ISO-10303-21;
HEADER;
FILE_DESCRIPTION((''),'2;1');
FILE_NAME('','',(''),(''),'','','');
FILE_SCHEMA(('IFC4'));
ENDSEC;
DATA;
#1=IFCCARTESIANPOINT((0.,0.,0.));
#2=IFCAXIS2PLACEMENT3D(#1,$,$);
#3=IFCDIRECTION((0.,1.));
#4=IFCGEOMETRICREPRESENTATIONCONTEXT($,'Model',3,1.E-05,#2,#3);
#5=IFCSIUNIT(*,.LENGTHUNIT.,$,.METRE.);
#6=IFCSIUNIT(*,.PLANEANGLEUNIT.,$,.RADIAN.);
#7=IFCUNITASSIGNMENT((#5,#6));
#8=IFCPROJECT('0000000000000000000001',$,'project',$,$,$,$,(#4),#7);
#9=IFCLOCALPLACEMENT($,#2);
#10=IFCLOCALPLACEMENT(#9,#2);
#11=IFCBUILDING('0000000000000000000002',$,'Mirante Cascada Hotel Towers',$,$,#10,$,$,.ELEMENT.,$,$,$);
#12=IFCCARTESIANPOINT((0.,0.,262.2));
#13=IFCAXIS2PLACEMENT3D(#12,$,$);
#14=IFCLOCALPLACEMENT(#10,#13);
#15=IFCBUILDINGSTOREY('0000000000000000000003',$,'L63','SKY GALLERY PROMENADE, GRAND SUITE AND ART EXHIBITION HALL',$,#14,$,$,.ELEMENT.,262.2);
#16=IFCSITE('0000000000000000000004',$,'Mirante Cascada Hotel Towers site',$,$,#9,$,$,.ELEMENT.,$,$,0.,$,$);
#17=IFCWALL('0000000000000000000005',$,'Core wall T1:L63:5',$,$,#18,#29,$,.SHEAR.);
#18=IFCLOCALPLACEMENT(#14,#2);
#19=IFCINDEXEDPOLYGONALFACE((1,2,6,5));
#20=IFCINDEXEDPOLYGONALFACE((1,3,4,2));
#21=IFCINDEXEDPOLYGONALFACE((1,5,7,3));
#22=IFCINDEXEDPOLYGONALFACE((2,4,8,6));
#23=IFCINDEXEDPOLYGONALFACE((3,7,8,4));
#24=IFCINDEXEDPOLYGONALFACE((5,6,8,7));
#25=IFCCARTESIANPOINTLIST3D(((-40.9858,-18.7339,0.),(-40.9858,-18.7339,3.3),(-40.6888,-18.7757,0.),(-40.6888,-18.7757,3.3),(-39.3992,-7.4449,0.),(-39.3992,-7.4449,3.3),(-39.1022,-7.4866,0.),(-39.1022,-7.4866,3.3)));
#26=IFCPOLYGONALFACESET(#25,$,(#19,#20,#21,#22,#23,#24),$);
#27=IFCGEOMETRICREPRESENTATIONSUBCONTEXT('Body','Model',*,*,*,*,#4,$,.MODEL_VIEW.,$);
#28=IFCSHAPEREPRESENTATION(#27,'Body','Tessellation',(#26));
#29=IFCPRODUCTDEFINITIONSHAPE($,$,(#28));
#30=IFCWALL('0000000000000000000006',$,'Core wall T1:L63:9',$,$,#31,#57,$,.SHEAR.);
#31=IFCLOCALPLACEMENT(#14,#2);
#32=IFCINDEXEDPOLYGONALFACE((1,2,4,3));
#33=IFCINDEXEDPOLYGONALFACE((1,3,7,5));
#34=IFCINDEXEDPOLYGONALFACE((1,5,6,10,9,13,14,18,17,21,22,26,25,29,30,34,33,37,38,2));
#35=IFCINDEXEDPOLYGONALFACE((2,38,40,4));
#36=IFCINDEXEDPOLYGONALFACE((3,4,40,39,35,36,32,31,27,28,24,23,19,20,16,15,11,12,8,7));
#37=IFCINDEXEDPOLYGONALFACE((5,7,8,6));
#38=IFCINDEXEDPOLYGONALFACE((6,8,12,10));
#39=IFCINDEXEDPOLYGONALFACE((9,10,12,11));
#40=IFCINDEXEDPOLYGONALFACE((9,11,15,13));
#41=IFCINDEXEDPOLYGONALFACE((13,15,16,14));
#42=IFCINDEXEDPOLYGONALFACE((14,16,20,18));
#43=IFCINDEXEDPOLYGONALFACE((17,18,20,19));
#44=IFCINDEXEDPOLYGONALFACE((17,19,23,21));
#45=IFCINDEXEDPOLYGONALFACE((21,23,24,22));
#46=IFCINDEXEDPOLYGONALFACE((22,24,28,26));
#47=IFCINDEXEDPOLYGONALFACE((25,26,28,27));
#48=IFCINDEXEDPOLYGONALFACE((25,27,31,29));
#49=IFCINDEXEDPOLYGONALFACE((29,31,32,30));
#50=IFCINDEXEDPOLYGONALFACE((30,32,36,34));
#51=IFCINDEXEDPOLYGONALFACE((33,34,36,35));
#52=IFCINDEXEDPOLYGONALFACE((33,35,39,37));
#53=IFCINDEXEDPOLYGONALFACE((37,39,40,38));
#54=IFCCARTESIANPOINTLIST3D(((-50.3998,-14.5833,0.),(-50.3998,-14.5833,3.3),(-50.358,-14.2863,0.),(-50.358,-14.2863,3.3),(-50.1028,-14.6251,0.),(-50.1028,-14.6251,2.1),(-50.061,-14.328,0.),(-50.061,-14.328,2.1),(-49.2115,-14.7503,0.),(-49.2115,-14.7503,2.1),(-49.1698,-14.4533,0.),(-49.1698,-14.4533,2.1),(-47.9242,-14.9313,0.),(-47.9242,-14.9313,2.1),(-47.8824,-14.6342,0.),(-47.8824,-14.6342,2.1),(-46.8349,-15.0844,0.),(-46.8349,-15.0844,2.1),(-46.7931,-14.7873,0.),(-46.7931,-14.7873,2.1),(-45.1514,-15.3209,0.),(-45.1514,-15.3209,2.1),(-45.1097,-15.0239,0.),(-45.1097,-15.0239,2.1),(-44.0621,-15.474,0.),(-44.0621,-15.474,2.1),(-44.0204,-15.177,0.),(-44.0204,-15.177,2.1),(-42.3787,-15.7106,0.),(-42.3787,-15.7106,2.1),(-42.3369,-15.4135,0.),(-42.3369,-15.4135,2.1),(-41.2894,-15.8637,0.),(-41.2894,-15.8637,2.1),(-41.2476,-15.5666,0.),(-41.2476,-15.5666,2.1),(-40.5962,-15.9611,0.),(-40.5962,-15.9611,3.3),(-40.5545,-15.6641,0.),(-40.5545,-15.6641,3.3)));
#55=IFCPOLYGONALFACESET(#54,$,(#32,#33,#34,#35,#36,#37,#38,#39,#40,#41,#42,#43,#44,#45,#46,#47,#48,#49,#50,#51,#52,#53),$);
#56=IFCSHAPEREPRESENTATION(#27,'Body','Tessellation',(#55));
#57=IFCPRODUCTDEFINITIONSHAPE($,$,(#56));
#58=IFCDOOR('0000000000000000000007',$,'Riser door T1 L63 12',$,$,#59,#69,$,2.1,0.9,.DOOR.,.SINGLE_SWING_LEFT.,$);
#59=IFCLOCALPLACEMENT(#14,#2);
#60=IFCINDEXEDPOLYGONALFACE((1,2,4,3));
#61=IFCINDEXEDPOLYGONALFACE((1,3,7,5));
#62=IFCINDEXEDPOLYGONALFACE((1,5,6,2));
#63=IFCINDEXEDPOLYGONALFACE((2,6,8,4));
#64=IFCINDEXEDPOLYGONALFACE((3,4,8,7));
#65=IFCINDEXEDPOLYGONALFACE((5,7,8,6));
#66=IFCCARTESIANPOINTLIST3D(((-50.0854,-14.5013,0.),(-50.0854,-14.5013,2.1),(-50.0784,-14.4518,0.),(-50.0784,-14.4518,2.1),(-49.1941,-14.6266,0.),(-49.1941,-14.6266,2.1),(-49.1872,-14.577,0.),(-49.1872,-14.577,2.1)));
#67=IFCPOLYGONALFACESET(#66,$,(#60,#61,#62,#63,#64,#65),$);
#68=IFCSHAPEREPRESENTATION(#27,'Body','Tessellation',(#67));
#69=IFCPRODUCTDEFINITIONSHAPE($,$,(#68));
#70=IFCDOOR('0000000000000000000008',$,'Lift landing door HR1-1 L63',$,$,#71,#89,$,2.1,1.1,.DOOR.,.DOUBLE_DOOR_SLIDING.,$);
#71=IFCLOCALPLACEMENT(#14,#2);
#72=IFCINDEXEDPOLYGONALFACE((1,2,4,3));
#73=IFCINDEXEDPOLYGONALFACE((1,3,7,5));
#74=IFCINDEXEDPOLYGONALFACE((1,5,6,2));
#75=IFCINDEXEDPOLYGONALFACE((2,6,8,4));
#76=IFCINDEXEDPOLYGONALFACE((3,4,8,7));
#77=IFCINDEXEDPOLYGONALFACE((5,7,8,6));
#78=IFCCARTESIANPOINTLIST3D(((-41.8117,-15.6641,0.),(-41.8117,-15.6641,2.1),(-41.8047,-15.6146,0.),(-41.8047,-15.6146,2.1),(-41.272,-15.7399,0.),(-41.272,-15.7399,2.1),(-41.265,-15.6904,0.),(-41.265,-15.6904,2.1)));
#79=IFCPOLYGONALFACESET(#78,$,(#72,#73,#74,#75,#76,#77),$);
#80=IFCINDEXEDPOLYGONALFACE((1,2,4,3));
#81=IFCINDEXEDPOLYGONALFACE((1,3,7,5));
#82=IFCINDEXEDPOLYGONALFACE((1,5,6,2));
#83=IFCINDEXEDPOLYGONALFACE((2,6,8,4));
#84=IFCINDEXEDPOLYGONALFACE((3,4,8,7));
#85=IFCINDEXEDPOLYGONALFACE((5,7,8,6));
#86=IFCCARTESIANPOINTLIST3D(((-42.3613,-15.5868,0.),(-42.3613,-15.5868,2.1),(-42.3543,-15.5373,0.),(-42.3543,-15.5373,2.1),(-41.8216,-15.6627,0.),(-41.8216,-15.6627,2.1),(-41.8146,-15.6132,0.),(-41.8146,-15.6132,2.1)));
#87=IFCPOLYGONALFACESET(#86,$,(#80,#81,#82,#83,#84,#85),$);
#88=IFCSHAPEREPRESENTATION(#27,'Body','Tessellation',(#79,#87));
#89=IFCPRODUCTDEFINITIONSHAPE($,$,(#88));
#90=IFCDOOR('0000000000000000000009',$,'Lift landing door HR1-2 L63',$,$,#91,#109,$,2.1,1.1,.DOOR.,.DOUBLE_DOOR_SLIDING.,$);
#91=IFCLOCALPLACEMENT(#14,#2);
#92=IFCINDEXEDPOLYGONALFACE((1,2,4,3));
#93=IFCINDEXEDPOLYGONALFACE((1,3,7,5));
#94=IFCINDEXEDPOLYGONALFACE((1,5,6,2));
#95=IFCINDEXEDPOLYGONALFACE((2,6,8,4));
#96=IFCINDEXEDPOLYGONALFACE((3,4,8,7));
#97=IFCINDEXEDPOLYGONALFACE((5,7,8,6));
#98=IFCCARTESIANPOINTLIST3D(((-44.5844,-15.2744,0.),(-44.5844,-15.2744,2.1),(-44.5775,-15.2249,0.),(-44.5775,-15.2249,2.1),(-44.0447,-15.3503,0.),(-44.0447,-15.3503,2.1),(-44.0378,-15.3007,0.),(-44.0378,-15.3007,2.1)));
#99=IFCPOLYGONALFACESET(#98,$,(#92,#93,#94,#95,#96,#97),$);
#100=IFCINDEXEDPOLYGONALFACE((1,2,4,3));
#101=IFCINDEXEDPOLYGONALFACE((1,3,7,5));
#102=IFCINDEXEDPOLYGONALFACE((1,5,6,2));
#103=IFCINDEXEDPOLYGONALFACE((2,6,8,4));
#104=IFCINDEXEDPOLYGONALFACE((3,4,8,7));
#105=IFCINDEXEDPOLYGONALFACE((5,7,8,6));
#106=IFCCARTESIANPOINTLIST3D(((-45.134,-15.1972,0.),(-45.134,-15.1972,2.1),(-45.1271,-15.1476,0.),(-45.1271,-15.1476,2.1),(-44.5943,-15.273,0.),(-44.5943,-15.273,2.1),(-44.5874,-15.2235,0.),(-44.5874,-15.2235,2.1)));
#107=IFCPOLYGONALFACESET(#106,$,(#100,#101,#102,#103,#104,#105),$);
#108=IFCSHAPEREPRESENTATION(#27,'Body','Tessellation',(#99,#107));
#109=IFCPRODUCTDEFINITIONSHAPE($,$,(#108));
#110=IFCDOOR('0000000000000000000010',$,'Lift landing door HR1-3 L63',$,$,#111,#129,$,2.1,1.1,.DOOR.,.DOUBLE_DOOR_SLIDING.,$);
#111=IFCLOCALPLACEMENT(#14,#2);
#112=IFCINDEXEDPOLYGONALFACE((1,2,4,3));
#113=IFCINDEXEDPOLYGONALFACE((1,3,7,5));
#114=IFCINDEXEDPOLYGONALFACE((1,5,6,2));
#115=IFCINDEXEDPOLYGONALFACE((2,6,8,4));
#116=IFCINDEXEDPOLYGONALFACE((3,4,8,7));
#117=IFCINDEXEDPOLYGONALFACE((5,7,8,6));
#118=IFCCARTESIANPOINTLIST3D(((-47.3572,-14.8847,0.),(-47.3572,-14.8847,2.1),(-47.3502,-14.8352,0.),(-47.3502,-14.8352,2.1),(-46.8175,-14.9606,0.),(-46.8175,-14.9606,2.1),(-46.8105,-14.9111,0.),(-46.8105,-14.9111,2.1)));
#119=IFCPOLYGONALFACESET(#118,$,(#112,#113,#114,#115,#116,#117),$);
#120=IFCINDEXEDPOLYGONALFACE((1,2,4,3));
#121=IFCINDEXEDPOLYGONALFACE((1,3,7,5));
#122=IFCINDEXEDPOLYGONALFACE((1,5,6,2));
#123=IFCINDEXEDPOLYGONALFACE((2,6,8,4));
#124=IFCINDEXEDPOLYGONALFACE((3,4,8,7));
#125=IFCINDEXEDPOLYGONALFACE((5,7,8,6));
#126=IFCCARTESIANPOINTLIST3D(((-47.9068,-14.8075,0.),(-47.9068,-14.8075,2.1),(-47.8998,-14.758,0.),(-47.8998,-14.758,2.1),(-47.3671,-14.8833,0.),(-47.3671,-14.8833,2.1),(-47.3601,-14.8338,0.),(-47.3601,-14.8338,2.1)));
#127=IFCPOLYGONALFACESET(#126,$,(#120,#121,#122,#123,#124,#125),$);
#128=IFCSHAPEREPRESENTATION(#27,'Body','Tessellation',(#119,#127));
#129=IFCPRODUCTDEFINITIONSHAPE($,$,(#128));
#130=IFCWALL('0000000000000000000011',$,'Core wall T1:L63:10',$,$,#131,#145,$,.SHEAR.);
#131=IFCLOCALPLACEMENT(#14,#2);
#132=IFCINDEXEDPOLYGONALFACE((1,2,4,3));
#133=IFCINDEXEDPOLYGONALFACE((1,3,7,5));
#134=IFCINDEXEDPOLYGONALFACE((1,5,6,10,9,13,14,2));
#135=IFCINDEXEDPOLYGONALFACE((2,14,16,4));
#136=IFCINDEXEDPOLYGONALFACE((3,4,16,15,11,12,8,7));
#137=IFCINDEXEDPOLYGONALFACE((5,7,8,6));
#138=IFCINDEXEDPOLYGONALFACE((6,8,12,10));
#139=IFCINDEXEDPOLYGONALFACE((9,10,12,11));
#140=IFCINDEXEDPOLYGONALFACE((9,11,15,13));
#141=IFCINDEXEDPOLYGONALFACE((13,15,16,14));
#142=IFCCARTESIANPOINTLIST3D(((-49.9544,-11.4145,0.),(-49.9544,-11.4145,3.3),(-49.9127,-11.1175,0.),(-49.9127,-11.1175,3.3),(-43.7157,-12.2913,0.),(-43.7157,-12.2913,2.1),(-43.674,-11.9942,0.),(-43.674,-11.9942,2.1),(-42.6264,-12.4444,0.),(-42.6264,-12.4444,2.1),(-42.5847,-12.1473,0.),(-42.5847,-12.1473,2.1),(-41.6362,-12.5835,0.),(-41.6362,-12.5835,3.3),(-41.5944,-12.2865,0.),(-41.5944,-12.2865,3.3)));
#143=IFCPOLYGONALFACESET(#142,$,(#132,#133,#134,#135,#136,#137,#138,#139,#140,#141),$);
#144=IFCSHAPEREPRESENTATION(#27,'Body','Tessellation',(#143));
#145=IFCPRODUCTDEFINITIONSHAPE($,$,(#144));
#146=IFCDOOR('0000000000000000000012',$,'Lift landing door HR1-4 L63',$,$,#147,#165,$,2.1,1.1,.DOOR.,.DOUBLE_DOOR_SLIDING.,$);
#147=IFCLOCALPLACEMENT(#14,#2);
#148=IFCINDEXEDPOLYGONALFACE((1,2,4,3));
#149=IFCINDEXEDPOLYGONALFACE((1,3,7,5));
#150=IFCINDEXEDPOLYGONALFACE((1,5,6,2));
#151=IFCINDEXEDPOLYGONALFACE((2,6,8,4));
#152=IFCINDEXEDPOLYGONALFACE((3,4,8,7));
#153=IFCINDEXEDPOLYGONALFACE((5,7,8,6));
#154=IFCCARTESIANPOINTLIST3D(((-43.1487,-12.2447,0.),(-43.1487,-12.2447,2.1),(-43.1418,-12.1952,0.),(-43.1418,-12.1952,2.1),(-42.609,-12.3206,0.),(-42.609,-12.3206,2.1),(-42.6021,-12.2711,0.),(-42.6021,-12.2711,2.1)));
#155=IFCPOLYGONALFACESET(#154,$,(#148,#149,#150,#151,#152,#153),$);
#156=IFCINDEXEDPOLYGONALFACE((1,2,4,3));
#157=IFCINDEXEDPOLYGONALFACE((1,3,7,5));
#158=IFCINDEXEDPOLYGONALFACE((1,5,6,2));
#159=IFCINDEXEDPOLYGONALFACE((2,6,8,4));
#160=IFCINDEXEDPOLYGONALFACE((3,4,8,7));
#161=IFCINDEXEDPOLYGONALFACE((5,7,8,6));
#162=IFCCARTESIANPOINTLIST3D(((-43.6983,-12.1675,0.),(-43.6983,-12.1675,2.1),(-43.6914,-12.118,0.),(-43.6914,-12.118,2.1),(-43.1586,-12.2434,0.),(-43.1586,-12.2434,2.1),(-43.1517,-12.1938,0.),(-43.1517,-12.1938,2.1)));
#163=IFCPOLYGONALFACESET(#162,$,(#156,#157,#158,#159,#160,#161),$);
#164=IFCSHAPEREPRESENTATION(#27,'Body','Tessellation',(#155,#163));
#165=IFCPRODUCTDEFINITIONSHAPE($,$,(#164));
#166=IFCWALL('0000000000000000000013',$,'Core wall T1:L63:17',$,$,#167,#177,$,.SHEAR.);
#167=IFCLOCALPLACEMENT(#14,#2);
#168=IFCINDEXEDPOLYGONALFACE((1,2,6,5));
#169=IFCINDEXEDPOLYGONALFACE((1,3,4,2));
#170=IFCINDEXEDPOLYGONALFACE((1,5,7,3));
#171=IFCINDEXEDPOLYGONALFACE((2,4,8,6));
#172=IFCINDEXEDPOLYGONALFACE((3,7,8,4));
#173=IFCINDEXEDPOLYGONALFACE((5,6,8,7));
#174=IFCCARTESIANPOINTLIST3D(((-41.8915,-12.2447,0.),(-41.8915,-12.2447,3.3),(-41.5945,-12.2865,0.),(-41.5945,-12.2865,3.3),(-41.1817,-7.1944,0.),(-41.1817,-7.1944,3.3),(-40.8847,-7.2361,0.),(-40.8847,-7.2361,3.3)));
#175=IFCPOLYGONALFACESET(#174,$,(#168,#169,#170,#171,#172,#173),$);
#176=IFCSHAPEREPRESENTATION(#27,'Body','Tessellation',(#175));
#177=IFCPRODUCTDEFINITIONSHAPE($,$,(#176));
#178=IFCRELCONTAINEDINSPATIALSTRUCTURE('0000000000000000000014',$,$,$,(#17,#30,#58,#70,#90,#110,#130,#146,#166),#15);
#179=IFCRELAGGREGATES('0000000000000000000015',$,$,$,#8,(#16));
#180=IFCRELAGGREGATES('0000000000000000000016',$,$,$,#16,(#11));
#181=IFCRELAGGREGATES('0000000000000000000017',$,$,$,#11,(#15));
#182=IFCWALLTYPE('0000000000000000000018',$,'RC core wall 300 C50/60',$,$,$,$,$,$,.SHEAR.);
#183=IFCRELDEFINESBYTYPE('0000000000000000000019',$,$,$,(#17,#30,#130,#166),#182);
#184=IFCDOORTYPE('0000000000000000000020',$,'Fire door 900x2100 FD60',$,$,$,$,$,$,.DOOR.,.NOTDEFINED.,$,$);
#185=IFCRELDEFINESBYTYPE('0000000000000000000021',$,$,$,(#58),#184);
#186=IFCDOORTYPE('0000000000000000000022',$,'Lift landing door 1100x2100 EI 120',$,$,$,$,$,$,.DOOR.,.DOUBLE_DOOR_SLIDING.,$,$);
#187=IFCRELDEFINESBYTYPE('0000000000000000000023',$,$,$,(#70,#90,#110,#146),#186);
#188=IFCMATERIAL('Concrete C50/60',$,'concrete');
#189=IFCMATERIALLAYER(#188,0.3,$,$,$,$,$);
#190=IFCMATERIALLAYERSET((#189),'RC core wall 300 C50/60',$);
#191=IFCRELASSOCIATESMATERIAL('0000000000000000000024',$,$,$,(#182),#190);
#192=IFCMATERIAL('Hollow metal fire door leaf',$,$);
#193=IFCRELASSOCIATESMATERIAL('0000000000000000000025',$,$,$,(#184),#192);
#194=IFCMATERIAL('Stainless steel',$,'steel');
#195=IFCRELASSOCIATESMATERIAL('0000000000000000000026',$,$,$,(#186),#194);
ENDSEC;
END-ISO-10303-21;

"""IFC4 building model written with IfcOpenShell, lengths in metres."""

from ifc_helpers import new_model, si_unit, direction, frame, frame_2d, origin, place, context, subcontext, project, spatial, rectangle, extrude, material, layer, layer_set, type_object, element, fill, save


model = new_model("IFC4")

# Units and contexts
model_context = context("Model", 3, precision=1e-05, world=origin(), true_north=direction((0.0, 1.0)))
body_context = subcontext(model_context, "Body", "Model", "MODEL_VIEW")
ifc_project = project(units=[si_unit("LENGTHUNIT", "METRE"), si_unit("PLANEANGLEUNIT", "RADIAN")], contexts=[model_context])

# Site, building, storey
site_placement = place(None, origin())
site = spatial("IfcSite", under=ifc_project, at=site_placement, Name="Mirante Cascada Hotel Towers site", CompositionType="ELEMENT", RefElevation=0.0)
building_placement = place(site_placement, origin())
building = spatial("IfcBuilding", under=site, at=building_placement, Name="Mirante Cascada Hotel Towers", CompositionType="ELEMENT")
storey_placement = place(building_placement, frame((0.0, 0.0, 262.2)))
storey = spatial("IfcBuildingStorey", under=building, at=storey_placement, Name="L63", Description="SKY GALLERY PROMENADE, GRAND SUITE AND ART EXHIBITION HALL", CompositionType="ELEMENT", Elevation=262.2)

# Wall
ifc_material_1 = material(Name="Concrete C50/60", Category="concrete")
ifc_layer_1 = layer(ifc_material_1, 0.3)
ifc_layer_set_1 = layer_set([ifc_layer_1], Name="RC core wall 300 C50/60")
wall_type_1 = type_object("IfcWallType", Name="RC core wall 300 C50/60", PredefinedType="SHEAR", material=ifc_layer_set_1)
wall_1_placement = place(storey_placement, frame((-40.8373, -18.7548, 0.0), z_axis=(0.0, 0.0, 1.0), x_axis=(0.139175, 0.990268, 0.0)))
element("IfcWall", 1, at=wall_1_placement, inside=storey, type_object=wall_type_1, Name="Core wall T1:L63:5", PredefinedType="SHEAR", context=body_context, shape_type="SweptSolid", body=[
    extrude(rectangle(XDim=11.4, YDim=0.3, at=frame_2d((5.7, 0.0))), origin(), (0.0, 0.0, 1.0), 3.3),
])

# Wall, openings, doors
wall_2_placement = place(storey_placement, frame((-40.5753, -15.8126, 0.0), z_axis=(0.0, 0.0, 1.0), x_axis=(-0.990268, 0.139173, 0.0)))
wall_2 = element("IfcWall", 2, at=wall_2_placement, inside=storey, type_object=wall_type_1, Name="Core wall T1:L63:9", PredefinedType="SHEAR", context=body_context, shape_type="SweptSolid", body=[
    extrude(rectangle(XDim=9.8999, YDim=0.3, at=frame_2d((4.95, 0.0))), origin(), (0.0, 0.0, 1.0), 3.3),
])
opening_1_placement = place(wall_2_placement, frame((0.7, 0.0, 0.0)))
opening_1 = element("IfcOpeningElement", 3, at=opening_1_placement, cuts=wall_2, PredefinedType="OPENING", context=body_context, shape_type="SweptSolid", body=[
    extrude(rectangle(XDim=1.1, YDim=2.1, at=frame_2d((0.55, 1.05))), frame((0.0, 0.15, 0.0), z_axis=(0.0, -1.0, 0.0), x_axis=(1.0, 0.0, 0.0)), (0.0, 0.0, 1.0), 0.3),
])
opening_2_placement = place(wall_2_placement, frame((3.5, 0.0, 0.0)))
opening_2 = element("IfcOpeningElement", 4, at=opening_2_placement, cuts=wall_2, PredefinedType="OPENING", context=body_context, shape_type="SweptSolid", body=[
    extrude(rectangle(XDim=1.1, YDim=2.1, at=frame_2d((0.55, 1.05))), frame((0.0, 0.15, 0.0), z_axis=(0.0, -1.0, 0.0), x_axis=(1.0, 0.0, 0.0)), (0.0, 0.0, 1.0), 0.3),
])
opening_3_placement = place(wall_2_placement, frame((6.3, 0.0, 0.0)))
opening_3 = element("IfcOpeningElement", 5, at=opening_3_placement, cuts=wall_2, PredefinedType="OPENING", context=body_context, shape_type="SweptSolid", body=[
    extrude(rectangle(XDim=1.1, YDim=2.1, at=frame_2d((0.55, 1.05))), frame((0.0, 0.15, 0.0), z_axis=(0.0, -1.0, 0.0), x_axis=(1.0, 0.0, 0.0)), (0.0, 0.0, 1.0), 0.3),
])
opening_4_placement = place(wall_2_placement, frame((8.7, 0.0, 0.0)))
opening_4 = element("IfcOpeningElement", 6, at=opening_4_placement, cuts=wall_2, PredefinedType="OPENING", context=body_context, shape_type="SweptSolid", body=[
    extrude(rectangle(XDim=0.9, YDim=2.1, at=frame_2d((0.45, 1.05))), frame((0.0, 0.15, 0.0), z_axis=(0.0, -1.0, 0.0), x_axis=(1.0, 0.0, 0.0)), (0.0, 0.0, 1.0), 0.3),
])
ifc_material_2 = material(Name="Hollow metal fire door leaf")
door_type_1 = type_object("IfcDoorType", Name="Fire door 900x2100 FD60", OperationType="NOTDEFINED", PredefinedType="DOOR", material=ifc_material_2)
door_1_placement = place(opening_4_placement, origin())
door_1 = element("IfcDoor", 7, at=door_1_placement, inside=storey, type_object=door_type_1, Name="Riser door T1 L63 12", OperationType="SINGLE_SWING_LEFT", OverallHeight=2.1, OverallWidth=0.9, PredefinedType="DOOR", context=body_context, shape_type="SweptSolid", body=[
    extrude(rectangle(XDim=0.9, YDim=2.1, at=frame_2d((0.45, 1.05))), frame((0.0, 0.025, 0.0), z_axis=(0.0, -1.0, 0.0), x_axis=(1.0, 0.0, 0.0)), (0.0, 0.0, 1.0), 0.05),
])
fill(opening_4, door_1)
ifc_material_3 = material(Name="Stainless steel", Category="steel")
door_type_2 = type_object("IfcDoorType", Name="Lift landing door 1100x2100 EI 120", OperationType="DOUBLE_DOOR_SLIDING", PredefinedType="DOOR", material=ifc_material_3)
door_2_placement = place(opening_1_placement, origin())
door_2 = element("IfcDoor", 8, at=door_2_placement, inside=storey, type_object=door_type_2, Name="Lift landing door HR1-1 L63", OperationType="DOUBLE_DOOR_SLIDING", OverallHeight=2.1, OverallWidth=1.1, PredefinedType="DOOR", context=body_context, shape_type="SweptSolid", body=[
    extrude(rectangle(XDim=0.545, YDim=2.1, at=frame_2d((0.2725, 1.05))), frame((0.0, 0.025, 0.0), z_axis=(0.0, -1.0, 0.0), x_axis=(1.0, 0.0, 0.0)), (0.0, 0.0, 1.0), 0.05),
    extrude(rectangle(XDim=0.545, YDim=2.1, at=frame_2d((0.8275, 1.05))), frame((0.0, 0.025, 0.0), z_axis=(0.0, -1.0, 0.0), x_axis=(1.0, 0.0, 0.0)), (0.0, 0.0, 1.0), 0.05),
])
fill(opening_1, door_2)
door_3_placement = place(opening_2_placement, origin())
door_3 = element("IfcDoor", 9, at=door_3_placement, inside=storey, type_object=door_type_2, Name="Lift landing door HR1-2 L63", OperationType="DOUBLE_DOOR_SLIDING", OverallHeight=2.1, OverallWidth=1.1, PredefinedType="DOOR", context=body_context, shape_type="SweptSolid", body=[
    extrude(rectangle(XDim=0.545, YDim=2.1, at=frame_2d((0.2725, 1.05))), frame((0.0, 0.025, 0.0), z_axis=(0.0, -1.0, 0.0), x_axis=(1.0, 0.0, 0.0)), (0.0, 0.0, 1.0), 0.05),
    extrude(rectangle(XDim=0.545, YDim=2.1, at=frame_2d((0.8275, 1.05))), frame((0.0, 0.025, 0.0), z_axis=(0.0, -1.0, 0.0), x_axis=(1.0, 0.0, 0.0)), (0.0, 0.0, 1.0), 0.05),
])
fill(opening_2, door_3)
door_4_placement = place(opening_3_placement, origin())
door_4 = element("IfcDoor", 10, at=door_4_placement, inside=storey, type_object=door_type_2, Name="Lift landing door HR1-3 L63", OperationType="DOUBLE_DOOR_SLIDING", OverallHeight=2.1, OverallWidth=1.1, PredefinedType="DOOR", context=body_context, shape_type="SweptSolid", body=[
    extrude(rectangle(XDim=0.545, YDim=2.1, at=frame_2d((0.2725, 1.05))), frame((0.0, 0.025, 0.0), z_axis=(0.0, -1.0, 0.0), x_axis=(1.0, 0.0, 0.0)), (0.0, 0.0, 1.0), 0.05),
    extrude(rectangle(XDim=0.545, YDim=2.1, at=frame_2d((0.8275, 1.05))), frame((0.0, 0.025, 0.0), z_axis=(0.0, -1.0, 0.0), x_axis=(1.0, 0.0, 0.0)), (0.0, 0.0, 1.0), 0.05),
])
fill(opening_3, door_4)

# Wall, opening, door
wall_3_placement = place(storey_placement, frame((-41.6153, -12.435, 0.0), z_axis=(0.0, 0.0, 1.0), x_axis=(-0.990269, 0.139166, 0.0)))
wall_3 = element("IfcWall", 11, at=wall_3_placement, inside=storey, type_object=wall_type_1, Name="Core wall T1:L63:10", PredefinedType="SHEAR", context=body_context, shape_type="SweptSolid", body=[
    extrude(rectangle(XDim=8.4, YDim=0.3, at=frame_2d((4.2, 0.0))), origin(), (0.0, 0.0, 1.0), 3.3),
])
opening_5_placement = place(wall_3_placement, frame((1.0, 0.0, 0.0)))
opening_5 = element("IfcOpeningElement", 12, at=opening_5_placement, cuts=wall_3, PredefinedType="OPENING", context=body_context, shape_type="SweptSolid", body=[
    extrude(rectangle(XDim=1.1, YDim=2.1, at=frame_2d((0.55, 1.05))), frame((0.0, 0.15, 0.0), z_axis=(0.0, -1.0, 0.0), x_axis=(1.0, 0.0, 0.0)), (0.0, 0.0, 1.0), 0.3),
])
door_5_placement = place(opening_5_placement, origin())
door_5 = element("IfcDoor", 13, at=door_5_placement, inside=storey, type_object=door_type_2, Name="Lift landing door HR1-4 L63", OperationType="DOUBLE_DOOR_SLIDING", OverallHeight=2.1, OverallWidth=1.1, PredefinedType="DOOR", context=body_context, shape_type="SweptSolid", body=[
    extrude(rectangle(XDim=0.545, YDim=2.1, at=frame_2d((0.2725, 1.05))), frame((0.0, 0.025, 0.0), z_axis=(0.0, -1.0, 0.0), x_axis=(1.0, 0.0, 0.0)), (0.0, 0.0, 1.0), 0.05),
    extrude(rectangle(XDim=0.545, YDim=2.1, at=frame_2d((0.8275, 1.05))), frame((0.0, 0.025, 0.0), z_axis=(0.0, -1.0, 0.0), x_axis=(1.0, 0.0, 0.0)), (0.0, 0.0, 1.0), 0.05),
])
fill(opening_5, door_5)

# Wall
wall_4_placement = place(storey_placement, frame((-41.743, -12.2656, 0.0), z_axis=(0.0, 0.0, 1.0), x_axis=(0.139176, 0.990268, 0.0)))
element("IfcWall", 14, at=wall_4_placement, inside=storey, type_object=wall_type_1, Name="Core wall T1:L63:17", PredefinedType="SHEAR", context=body_context, shape_type="SweptSolid", body=[
    extrude(rectangle(XDim=5.1, YDim=0.3, at=frame_2d((2.55, 0.0))), origin(), (0.0, 0.0, 1.0), 3.3),
])

save(model, "model.ifc")
